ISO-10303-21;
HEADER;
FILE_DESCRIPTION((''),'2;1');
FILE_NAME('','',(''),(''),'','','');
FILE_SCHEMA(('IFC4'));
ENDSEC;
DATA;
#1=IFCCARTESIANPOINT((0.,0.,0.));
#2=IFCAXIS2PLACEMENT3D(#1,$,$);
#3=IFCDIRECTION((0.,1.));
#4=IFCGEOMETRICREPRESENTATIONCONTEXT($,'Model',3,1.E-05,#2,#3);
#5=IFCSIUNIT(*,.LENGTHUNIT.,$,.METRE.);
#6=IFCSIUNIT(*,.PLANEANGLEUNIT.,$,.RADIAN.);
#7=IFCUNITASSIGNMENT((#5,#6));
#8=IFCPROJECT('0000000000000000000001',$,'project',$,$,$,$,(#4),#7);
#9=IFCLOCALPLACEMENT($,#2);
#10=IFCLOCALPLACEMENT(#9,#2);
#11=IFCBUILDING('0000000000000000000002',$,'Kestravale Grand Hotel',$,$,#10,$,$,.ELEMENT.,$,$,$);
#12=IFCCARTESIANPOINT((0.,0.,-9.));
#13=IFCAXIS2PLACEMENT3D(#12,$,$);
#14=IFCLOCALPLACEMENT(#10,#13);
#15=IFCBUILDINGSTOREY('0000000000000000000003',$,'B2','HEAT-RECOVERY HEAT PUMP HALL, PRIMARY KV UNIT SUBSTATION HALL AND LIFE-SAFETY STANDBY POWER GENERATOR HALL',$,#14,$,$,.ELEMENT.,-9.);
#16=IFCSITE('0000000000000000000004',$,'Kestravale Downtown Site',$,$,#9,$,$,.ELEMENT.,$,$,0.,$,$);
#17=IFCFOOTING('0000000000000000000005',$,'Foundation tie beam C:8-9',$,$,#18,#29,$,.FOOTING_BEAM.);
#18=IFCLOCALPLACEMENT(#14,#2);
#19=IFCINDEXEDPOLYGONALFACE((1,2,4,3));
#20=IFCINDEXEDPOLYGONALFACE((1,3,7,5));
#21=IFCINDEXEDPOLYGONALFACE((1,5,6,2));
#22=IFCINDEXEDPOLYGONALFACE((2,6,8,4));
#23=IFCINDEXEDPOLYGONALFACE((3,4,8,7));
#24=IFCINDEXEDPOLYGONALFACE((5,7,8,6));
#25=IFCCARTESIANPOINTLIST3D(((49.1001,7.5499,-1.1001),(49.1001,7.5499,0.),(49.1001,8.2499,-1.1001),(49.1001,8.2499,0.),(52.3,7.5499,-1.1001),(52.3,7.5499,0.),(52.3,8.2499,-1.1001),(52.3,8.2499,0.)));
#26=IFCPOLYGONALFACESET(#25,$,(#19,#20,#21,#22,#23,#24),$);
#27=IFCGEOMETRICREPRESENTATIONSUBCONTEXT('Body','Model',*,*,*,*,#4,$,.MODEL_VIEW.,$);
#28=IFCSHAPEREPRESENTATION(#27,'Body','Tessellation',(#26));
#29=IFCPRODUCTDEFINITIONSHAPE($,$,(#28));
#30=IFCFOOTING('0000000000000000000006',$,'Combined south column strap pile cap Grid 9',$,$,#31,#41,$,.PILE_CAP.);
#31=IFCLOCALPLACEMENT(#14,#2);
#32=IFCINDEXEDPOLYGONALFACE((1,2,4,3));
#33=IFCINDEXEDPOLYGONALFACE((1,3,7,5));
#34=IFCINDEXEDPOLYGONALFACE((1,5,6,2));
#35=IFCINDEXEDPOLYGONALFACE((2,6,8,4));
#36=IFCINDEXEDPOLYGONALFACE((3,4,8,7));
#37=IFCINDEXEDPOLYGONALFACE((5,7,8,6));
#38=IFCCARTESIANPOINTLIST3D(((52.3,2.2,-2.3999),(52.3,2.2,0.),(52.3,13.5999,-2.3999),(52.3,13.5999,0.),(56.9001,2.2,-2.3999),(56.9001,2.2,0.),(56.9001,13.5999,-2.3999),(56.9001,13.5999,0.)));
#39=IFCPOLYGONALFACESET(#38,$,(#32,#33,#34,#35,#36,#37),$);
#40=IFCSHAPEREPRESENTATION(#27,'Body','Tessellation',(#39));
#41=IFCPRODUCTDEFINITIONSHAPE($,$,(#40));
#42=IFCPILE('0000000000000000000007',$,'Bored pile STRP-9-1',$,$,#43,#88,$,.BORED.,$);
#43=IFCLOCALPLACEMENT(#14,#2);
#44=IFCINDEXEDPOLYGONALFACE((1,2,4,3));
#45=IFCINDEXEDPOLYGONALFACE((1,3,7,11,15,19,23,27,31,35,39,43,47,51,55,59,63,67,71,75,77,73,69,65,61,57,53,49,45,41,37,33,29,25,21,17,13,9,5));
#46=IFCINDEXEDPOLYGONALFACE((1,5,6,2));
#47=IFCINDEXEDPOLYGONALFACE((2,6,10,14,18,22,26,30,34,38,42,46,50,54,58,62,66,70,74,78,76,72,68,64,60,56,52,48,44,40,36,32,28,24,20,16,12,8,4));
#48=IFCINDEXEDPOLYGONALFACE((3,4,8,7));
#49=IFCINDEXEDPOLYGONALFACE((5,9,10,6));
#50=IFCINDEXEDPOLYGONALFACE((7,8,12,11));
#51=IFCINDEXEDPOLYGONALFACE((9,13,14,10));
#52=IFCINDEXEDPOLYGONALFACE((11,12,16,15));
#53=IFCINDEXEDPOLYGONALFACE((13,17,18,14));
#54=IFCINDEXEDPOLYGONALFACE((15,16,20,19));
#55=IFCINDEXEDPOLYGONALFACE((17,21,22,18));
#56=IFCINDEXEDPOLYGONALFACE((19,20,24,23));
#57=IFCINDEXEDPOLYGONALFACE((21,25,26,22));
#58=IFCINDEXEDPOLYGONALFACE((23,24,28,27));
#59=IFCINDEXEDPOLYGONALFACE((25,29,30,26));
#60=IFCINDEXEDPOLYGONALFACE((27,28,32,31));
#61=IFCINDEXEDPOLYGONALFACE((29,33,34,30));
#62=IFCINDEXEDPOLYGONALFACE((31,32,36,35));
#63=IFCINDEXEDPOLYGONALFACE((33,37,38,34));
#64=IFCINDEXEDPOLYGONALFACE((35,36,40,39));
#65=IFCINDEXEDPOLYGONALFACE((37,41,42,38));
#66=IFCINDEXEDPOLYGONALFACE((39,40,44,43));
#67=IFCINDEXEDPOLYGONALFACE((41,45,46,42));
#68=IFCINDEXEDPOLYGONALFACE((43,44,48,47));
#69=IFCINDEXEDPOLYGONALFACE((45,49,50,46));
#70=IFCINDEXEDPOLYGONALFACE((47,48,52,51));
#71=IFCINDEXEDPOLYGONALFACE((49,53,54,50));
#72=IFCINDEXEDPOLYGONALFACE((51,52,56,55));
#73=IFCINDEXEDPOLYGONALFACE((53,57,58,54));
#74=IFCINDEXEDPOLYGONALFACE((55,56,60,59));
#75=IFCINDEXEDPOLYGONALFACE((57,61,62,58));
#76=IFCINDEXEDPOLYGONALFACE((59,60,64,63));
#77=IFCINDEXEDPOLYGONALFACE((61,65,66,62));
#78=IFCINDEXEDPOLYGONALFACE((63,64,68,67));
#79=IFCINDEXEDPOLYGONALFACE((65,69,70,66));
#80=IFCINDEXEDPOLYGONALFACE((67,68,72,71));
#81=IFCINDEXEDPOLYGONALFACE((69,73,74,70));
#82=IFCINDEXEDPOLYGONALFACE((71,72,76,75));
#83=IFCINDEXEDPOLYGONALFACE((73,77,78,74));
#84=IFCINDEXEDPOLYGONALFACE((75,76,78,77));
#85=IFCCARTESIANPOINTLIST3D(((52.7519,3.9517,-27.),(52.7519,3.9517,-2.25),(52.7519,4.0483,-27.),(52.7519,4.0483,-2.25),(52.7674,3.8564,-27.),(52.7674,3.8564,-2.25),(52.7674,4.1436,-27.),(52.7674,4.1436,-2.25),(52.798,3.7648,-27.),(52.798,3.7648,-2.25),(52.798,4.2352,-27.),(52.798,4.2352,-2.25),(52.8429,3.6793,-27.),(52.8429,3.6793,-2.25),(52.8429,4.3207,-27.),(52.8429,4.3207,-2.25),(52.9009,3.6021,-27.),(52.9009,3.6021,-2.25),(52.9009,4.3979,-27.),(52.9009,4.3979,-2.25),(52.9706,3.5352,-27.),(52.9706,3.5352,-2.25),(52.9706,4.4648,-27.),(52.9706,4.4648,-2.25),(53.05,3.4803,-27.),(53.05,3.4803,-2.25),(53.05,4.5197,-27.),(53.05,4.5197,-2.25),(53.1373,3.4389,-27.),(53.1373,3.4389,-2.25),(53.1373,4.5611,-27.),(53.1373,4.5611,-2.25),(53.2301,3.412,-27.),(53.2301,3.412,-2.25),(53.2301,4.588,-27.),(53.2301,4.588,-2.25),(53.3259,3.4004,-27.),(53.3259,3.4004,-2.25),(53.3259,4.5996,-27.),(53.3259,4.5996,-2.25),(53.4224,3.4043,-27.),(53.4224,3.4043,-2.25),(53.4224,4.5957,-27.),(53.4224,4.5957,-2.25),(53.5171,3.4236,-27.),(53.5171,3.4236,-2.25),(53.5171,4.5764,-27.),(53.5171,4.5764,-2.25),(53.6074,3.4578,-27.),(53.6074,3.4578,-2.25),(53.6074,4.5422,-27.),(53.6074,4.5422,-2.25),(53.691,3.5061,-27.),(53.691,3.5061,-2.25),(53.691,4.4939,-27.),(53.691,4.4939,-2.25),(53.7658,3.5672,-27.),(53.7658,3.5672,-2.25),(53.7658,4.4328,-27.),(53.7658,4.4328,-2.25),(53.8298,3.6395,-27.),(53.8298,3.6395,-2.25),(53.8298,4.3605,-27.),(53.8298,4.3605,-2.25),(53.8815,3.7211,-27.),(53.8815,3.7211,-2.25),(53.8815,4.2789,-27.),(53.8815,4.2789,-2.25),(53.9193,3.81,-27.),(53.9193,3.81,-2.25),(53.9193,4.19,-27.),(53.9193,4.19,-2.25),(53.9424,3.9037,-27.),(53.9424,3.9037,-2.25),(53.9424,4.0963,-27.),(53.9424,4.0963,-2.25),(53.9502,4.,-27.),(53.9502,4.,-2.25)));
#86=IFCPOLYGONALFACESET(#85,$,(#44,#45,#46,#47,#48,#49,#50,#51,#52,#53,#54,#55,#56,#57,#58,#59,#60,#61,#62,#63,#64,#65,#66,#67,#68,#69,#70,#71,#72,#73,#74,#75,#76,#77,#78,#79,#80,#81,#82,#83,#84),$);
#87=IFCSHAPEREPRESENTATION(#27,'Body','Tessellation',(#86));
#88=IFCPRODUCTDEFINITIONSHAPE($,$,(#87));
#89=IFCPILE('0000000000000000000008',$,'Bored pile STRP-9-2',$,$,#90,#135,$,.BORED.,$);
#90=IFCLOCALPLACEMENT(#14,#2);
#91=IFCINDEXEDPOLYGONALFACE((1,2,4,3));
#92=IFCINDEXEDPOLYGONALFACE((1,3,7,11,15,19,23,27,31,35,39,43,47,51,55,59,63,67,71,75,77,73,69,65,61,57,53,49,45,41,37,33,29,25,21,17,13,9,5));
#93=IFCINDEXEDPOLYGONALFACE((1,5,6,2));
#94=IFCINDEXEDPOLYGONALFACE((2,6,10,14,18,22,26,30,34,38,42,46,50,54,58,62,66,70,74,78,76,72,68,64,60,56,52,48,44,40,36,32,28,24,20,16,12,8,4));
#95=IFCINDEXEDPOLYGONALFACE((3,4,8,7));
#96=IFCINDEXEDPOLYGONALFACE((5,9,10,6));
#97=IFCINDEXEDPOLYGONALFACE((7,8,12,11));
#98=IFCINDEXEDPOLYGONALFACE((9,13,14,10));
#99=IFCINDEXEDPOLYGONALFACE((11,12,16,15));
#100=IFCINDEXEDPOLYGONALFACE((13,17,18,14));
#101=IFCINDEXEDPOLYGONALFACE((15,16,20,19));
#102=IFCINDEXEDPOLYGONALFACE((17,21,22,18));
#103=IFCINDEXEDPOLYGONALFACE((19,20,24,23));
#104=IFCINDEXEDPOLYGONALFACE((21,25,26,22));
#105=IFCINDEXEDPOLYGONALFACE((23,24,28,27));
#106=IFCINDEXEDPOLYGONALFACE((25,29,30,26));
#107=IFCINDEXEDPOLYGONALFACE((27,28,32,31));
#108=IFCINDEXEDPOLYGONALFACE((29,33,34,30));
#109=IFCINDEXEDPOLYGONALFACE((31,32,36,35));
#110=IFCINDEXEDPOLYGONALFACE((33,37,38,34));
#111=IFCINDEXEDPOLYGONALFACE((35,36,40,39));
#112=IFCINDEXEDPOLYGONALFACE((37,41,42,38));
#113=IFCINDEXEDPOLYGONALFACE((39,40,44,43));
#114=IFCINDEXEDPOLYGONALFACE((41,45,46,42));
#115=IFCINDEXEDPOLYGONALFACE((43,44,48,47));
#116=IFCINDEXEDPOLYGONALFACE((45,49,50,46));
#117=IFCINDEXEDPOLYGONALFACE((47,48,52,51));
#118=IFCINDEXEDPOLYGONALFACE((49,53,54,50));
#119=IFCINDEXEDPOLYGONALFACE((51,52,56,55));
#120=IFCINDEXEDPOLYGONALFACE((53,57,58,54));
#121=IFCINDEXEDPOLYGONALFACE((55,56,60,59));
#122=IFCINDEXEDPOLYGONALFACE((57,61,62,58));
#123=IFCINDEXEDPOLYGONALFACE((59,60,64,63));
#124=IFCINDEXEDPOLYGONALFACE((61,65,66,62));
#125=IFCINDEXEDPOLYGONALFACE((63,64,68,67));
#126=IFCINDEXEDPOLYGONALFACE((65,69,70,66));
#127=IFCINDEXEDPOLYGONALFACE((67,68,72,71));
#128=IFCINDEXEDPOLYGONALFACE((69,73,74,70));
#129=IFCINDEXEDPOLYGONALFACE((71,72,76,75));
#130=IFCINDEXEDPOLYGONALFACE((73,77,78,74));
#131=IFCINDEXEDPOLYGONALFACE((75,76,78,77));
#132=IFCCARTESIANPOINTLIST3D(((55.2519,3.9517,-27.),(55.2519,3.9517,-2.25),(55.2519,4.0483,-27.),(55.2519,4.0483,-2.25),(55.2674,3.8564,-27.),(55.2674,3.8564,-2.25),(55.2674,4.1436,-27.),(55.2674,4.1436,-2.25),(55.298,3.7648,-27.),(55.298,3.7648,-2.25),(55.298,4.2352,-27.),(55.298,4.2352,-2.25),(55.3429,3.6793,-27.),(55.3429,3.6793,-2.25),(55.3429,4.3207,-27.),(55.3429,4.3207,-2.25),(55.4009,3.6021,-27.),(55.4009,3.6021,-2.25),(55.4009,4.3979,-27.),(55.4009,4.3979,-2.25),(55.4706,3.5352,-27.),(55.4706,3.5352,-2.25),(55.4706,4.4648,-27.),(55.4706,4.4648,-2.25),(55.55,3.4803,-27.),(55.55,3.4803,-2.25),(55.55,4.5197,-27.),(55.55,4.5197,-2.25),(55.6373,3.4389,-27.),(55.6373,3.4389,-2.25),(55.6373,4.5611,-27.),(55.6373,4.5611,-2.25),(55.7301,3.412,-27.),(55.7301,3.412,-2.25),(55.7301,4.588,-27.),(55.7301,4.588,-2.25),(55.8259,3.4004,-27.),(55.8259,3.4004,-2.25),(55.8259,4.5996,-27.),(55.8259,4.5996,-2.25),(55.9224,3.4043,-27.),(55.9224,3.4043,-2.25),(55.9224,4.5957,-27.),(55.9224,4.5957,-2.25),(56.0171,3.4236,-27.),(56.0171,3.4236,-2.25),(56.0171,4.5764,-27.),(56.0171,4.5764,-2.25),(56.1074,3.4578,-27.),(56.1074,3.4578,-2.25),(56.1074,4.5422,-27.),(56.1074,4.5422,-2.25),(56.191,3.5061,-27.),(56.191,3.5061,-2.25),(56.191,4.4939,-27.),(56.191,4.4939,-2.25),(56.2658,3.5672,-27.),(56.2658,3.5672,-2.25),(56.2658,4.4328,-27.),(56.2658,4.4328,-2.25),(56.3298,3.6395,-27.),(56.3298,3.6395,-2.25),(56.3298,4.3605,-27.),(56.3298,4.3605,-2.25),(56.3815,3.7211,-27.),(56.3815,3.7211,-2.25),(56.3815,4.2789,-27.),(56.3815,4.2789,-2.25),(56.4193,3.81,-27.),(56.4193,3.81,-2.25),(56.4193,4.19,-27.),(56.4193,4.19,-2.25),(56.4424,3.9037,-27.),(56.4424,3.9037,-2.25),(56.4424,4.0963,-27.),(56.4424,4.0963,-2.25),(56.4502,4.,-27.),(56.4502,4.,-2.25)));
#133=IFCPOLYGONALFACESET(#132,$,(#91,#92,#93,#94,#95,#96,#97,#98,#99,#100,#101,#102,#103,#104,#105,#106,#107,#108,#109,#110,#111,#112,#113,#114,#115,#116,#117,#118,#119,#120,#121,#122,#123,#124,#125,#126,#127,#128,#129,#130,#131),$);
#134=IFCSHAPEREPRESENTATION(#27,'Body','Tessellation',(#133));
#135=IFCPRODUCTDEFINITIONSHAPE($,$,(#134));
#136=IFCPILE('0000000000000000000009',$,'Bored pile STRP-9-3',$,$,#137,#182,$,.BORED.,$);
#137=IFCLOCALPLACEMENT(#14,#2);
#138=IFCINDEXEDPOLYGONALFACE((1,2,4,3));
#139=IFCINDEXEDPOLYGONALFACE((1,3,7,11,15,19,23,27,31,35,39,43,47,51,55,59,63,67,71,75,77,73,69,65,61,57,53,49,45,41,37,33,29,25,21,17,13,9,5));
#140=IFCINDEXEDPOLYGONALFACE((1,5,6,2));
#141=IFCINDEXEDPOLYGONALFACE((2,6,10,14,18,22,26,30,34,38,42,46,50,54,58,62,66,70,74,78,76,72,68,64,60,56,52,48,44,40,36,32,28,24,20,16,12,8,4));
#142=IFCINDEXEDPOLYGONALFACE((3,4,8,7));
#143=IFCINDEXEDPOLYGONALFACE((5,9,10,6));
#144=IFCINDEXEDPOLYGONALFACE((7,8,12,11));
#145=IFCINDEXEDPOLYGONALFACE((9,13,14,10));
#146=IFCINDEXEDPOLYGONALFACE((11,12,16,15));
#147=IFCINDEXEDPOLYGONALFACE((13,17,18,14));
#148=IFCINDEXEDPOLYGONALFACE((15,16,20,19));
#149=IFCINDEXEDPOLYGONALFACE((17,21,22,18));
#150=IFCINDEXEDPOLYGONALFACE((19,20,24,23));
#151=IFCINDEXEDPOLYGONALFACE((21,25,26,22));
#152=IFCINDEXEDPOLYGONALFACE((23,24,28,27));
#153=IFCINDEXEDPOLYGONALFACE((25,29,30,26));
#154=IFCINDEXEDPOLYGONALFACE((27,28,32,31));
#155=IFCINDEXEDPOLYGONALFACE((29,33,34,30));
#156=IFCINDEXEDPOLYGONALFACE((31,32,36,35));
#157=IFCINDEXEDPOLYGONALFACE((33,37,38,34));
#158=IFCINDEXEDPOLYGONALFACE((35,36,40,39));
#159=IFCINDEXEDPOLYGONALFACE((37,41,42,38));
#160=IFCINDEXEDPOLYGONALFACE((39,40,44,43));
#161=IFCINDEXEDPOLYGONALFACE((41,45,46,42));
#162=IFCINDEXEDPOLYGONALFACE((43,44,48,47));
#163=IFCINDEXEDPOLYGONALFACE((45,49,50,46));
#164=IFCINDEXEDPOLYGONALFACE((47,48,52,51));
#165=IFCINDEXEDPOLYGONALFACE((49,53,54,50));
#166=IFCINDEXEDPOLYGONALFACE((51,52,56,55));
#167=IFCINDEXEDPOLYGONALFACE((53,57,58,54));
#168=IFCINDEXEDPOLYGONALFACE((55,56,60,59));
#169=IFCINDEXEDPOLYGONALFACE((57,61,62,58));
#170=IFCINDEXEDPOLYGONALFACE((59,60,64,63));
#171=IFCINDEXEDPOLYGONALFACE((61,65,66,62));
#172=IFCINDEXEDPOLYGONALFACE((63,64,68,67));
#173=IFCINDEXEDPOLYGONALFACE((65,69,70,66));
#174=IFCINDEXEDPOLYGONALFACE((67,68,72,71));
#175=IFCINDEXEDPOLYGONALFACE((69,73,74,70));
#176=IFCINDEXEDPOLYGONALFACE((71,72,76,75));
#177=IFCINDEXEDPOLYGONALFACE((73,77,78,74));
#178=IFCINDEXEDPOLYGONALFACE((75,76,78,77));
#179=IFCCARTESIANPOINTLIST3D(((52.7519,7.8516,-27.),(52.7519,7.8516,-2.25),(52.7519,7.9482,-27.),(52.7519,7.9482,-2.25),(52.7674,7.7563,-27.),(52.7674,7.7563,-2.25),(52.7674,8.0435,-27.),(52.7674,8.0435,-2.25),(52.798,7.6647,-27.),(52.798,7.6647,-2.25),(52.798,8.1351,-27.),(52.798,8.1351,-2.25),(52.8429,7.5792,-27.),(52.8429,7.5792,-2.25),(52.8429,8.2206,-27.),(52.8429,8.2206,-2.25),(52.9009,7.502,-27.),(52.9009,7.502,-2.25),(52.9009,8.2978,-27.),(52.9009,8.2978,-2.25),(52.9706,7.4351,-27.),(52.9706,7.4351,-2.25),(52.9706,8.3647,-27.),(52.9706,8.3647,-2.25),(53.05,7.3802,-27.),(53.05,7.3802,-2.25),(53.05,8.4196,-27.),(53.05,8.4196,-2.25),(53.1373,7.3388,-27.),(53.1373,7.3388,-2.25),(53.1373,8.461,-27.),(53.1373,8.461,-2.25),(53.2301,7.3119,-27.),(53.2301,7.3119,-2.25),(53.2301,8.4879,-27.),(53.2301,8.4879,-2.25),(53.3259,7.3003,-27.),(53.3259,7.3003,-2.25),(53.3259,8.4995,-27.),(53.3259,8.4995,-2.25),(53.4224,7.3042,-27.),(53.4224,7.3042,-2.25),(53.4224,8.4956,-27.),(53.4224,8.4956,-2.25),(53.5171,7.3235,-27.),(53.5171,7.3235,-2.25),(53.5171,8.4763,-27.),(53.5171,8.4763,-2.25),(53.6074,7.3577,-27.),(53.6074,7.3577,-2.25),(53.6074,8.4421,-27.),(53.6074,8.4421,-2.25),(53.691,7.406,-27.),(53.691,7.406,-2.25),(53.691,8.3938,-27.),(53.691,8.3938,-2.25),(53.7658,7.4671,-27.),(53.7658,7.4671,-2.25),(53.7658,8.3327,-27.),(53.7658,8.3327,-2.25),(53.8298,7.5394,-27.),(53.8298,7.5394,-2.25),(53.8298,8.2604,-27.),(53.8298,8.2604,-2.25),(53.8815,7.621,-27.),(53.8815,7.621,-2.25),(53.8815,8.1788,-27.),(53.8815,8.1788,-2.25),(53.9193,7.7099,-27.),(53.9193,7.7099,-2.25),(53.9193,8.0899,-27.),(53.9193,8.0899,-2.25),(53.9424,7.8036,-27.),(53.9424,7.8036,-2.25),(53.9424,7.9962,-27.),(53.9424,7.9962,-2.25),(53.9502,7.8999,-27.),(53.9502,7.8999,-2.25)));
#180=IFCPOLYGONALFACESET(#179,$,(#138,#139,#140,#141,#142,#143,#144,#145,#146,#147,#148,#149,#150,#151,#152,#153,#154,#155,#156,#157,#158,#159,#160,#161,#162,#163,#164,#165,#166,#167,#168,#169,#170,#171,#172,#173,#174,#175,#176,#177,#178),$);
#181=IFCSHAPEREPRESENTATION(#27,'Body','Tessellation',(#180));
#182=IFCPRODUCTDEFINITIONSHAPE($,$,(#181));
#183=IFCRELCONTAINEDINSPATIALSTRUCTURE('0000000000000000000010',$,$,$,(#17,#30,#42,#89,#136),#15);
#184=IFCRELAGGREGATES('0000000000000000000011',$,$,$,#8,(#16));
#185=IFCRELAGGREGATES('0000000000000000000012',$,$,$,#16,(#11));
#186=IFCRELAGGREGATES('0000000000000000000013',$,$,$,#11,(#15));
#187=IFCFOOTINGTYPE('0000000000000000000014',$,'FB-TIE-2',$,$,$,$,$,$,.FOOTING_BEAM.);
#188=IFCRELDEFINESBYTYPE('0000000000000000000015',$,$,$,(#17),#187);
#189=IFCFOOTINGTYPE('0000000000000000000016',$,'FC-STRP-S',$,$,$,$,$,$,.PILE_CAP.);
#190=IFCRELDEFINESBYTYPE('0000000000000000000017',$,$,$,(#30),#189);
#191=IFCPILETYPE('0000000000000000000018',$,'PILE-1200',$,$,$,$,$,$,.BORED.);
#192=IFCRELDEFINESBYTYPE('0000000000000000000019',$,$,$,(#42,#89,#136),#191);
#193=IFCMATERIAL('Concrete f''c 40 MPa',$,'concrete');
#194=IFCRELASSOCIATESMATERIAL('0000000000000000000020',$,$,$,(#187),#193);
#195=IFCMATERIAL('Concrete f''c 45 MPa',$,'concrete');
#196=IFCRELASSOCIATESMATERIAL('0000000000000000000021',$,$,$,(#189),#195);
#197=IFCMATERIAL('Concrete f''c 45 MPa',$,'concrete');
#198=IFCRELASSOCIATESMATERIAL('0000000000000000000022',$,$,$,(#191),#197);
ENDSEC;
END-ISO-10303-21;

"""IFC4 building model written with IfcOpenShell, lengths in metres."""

from ifc_helpers import new_model, si_unit, direction, frame, origin, origin_2d, place, context, subcontext, project, spatial, rectangle, circle, extrude, material, material_profile, profile_set, type_object, element, save


model = new_model("IFC4")

# Units and contexts
model_context = context("Model", 3, precision=1e-05, world=origin(), true_north=direction((0.0, 1.0)))
body_context = subcontext(model_context, "Body", "Model", "MODEL_VIEW")
ifc_project = project(units=[si_unit("LENGTHUNIT", "METRE"), si_unit("PLANEANGLEUNIT", "RADIAN")], contexts=[model_context])

# Site, building, storey
site_placement = place(None, origin())
site = spatial("IfcSite", under=ifc_project, at=site_placement, Name="Kestravale Downtown Site", CompositionType="ELEMENT", RefElevation=0.0)
building_placement = place(site_placement, origin())
building = spatial("IfcBuilding", under=site, at=building_placement, Name="Kestravale Grand Hotel", CompositionType="ELEMENT")
storey_placement = place(building_placement, frame((0.0, 0.0, -9.0)))
storey = spatial("IfcBuildingStorey", under=building, at=storey_placement, Name="B2", Description="HEAT-RECOVERY HEAT PUMP HALL, PRIMARY KV UNIT SUBSTATION HALL AND LIFE-SAFETY STANDBY POWER GENERATOR HALL", CompositionType="ELEMENT", Elevation=-9.0)

# Footings
ifc_material_1 = material(Name="Concrete f'c 40 MPa", Category="concrete")
ifc_material_profile_1 = material_profile(ifc_material_1, rectangle(XDim=0.7, YDim=1.1001, at=origin_2d()))
ifc_profile_set_1 = profile_set([ifc_material_profile_1], Name="Concrete f'c 40 MPa")
footing_type_1 = type_object("IfcFootingType", Name="FB-TIE-2", PredefinedType="FOOTING_BEAM", material=ifc_profile_set_1)
footing_1_placement = place(storey_placement, frame((49.1001, 7.8999, -0.55), z_axis=(1.0, 0.0, 0.0), x_axis=(0.0, 1.0, 0.0)))
element("IfcFooting", 1, at=footing_1_placement, inside=storey, type_object=footing_type_1, Name="Foundation tie beam C:8-9", PredefinedType="FOOTING_BEAM", context=body_context, shape_type="SweptSolid", body=[
    extrude(rectangle(XDim=0.7, YDim=1.1001, at=origin_2d()), origin(), (0.0, 0.0, 1.0), 3.2),
])
ifc_material_2 = material(Name="Concrete f'c 45 MPa", Category="concrete")
footing_type_2 = type_object("IfcFootingType", Name="FC-STRP-S", PredefinedType="PILE_CAP", material=ifc_material_2)
footing_2_placement = place(storey_placement, frame((54.6001, 7.8999, -2.3999), z_axis=(0.0, 0.0, 1.0), x_axis=(1.0, 0.0, 0.0)))
element("IfcFooting", 2, at=footing_2_placement, inside=storey, type_object=footing_type_2, Name="Combined south column strap pile cap Grid 9", PredefinedType="PILE_CAP", context=body_context, shape_type="SweptSolid", body=[
    extrude(rectangle(XDim=4.6001, YDim=11.3999, at=origin_2d()), origin(), (0.0, 0.0, 1.0), 2.3999),
])

# Piles
ifc_material_3 = material(Name="Concrete f'c 45 MPa", Category="concrete")
ifc_material_profile_2 = material_profile(ifc_material_3, circle(Radius=0.6001, at=origin_2d()))
ifc_profile_set_2 = profile_set([ifc_material_profile_2], Name="Concrete f'c 45 MPa")
pile_type_1 = type_object("IfcPileType", Name="PILE-1200", PredefinedType="BORED", material=ifc_profile_set_2)
for number, where, z_axis, x_axis, name in (
    (3, (53.3501, 4.0, -2.25), (0.0, 0.0, -1.0), (1.0, 0.0, 0.0), "Bored pile STRP-9-1"),
    (4, (55.8501, 4.0, -2.25), (0.0, 0.0, -1.0), (1.0, 0.0, 0.0), "Bored pile STRP-9-2"),
    (5, (53.3501, 7.8999, -2.25), (0.0, 0.0, -1.0), (1.0, 0.0, 0.0), "Bored pile STRP-9-3"),
):
    element("IfcPile", number, at=place(storey_placement, frame(where, z_axis=z_axis, x_axis=x_axis)), inside=storey, type_object=pile_type_1, Name=name, PredefinedType="BORED", context=body_context, shape_type="SweptSolid", body=[
        extrude(circle(Radius=0.6001, at=origin_2d()), origin(), (0.0, 0.0, 1.0), 24.75),
    ])

save(model, "model.ifc")
